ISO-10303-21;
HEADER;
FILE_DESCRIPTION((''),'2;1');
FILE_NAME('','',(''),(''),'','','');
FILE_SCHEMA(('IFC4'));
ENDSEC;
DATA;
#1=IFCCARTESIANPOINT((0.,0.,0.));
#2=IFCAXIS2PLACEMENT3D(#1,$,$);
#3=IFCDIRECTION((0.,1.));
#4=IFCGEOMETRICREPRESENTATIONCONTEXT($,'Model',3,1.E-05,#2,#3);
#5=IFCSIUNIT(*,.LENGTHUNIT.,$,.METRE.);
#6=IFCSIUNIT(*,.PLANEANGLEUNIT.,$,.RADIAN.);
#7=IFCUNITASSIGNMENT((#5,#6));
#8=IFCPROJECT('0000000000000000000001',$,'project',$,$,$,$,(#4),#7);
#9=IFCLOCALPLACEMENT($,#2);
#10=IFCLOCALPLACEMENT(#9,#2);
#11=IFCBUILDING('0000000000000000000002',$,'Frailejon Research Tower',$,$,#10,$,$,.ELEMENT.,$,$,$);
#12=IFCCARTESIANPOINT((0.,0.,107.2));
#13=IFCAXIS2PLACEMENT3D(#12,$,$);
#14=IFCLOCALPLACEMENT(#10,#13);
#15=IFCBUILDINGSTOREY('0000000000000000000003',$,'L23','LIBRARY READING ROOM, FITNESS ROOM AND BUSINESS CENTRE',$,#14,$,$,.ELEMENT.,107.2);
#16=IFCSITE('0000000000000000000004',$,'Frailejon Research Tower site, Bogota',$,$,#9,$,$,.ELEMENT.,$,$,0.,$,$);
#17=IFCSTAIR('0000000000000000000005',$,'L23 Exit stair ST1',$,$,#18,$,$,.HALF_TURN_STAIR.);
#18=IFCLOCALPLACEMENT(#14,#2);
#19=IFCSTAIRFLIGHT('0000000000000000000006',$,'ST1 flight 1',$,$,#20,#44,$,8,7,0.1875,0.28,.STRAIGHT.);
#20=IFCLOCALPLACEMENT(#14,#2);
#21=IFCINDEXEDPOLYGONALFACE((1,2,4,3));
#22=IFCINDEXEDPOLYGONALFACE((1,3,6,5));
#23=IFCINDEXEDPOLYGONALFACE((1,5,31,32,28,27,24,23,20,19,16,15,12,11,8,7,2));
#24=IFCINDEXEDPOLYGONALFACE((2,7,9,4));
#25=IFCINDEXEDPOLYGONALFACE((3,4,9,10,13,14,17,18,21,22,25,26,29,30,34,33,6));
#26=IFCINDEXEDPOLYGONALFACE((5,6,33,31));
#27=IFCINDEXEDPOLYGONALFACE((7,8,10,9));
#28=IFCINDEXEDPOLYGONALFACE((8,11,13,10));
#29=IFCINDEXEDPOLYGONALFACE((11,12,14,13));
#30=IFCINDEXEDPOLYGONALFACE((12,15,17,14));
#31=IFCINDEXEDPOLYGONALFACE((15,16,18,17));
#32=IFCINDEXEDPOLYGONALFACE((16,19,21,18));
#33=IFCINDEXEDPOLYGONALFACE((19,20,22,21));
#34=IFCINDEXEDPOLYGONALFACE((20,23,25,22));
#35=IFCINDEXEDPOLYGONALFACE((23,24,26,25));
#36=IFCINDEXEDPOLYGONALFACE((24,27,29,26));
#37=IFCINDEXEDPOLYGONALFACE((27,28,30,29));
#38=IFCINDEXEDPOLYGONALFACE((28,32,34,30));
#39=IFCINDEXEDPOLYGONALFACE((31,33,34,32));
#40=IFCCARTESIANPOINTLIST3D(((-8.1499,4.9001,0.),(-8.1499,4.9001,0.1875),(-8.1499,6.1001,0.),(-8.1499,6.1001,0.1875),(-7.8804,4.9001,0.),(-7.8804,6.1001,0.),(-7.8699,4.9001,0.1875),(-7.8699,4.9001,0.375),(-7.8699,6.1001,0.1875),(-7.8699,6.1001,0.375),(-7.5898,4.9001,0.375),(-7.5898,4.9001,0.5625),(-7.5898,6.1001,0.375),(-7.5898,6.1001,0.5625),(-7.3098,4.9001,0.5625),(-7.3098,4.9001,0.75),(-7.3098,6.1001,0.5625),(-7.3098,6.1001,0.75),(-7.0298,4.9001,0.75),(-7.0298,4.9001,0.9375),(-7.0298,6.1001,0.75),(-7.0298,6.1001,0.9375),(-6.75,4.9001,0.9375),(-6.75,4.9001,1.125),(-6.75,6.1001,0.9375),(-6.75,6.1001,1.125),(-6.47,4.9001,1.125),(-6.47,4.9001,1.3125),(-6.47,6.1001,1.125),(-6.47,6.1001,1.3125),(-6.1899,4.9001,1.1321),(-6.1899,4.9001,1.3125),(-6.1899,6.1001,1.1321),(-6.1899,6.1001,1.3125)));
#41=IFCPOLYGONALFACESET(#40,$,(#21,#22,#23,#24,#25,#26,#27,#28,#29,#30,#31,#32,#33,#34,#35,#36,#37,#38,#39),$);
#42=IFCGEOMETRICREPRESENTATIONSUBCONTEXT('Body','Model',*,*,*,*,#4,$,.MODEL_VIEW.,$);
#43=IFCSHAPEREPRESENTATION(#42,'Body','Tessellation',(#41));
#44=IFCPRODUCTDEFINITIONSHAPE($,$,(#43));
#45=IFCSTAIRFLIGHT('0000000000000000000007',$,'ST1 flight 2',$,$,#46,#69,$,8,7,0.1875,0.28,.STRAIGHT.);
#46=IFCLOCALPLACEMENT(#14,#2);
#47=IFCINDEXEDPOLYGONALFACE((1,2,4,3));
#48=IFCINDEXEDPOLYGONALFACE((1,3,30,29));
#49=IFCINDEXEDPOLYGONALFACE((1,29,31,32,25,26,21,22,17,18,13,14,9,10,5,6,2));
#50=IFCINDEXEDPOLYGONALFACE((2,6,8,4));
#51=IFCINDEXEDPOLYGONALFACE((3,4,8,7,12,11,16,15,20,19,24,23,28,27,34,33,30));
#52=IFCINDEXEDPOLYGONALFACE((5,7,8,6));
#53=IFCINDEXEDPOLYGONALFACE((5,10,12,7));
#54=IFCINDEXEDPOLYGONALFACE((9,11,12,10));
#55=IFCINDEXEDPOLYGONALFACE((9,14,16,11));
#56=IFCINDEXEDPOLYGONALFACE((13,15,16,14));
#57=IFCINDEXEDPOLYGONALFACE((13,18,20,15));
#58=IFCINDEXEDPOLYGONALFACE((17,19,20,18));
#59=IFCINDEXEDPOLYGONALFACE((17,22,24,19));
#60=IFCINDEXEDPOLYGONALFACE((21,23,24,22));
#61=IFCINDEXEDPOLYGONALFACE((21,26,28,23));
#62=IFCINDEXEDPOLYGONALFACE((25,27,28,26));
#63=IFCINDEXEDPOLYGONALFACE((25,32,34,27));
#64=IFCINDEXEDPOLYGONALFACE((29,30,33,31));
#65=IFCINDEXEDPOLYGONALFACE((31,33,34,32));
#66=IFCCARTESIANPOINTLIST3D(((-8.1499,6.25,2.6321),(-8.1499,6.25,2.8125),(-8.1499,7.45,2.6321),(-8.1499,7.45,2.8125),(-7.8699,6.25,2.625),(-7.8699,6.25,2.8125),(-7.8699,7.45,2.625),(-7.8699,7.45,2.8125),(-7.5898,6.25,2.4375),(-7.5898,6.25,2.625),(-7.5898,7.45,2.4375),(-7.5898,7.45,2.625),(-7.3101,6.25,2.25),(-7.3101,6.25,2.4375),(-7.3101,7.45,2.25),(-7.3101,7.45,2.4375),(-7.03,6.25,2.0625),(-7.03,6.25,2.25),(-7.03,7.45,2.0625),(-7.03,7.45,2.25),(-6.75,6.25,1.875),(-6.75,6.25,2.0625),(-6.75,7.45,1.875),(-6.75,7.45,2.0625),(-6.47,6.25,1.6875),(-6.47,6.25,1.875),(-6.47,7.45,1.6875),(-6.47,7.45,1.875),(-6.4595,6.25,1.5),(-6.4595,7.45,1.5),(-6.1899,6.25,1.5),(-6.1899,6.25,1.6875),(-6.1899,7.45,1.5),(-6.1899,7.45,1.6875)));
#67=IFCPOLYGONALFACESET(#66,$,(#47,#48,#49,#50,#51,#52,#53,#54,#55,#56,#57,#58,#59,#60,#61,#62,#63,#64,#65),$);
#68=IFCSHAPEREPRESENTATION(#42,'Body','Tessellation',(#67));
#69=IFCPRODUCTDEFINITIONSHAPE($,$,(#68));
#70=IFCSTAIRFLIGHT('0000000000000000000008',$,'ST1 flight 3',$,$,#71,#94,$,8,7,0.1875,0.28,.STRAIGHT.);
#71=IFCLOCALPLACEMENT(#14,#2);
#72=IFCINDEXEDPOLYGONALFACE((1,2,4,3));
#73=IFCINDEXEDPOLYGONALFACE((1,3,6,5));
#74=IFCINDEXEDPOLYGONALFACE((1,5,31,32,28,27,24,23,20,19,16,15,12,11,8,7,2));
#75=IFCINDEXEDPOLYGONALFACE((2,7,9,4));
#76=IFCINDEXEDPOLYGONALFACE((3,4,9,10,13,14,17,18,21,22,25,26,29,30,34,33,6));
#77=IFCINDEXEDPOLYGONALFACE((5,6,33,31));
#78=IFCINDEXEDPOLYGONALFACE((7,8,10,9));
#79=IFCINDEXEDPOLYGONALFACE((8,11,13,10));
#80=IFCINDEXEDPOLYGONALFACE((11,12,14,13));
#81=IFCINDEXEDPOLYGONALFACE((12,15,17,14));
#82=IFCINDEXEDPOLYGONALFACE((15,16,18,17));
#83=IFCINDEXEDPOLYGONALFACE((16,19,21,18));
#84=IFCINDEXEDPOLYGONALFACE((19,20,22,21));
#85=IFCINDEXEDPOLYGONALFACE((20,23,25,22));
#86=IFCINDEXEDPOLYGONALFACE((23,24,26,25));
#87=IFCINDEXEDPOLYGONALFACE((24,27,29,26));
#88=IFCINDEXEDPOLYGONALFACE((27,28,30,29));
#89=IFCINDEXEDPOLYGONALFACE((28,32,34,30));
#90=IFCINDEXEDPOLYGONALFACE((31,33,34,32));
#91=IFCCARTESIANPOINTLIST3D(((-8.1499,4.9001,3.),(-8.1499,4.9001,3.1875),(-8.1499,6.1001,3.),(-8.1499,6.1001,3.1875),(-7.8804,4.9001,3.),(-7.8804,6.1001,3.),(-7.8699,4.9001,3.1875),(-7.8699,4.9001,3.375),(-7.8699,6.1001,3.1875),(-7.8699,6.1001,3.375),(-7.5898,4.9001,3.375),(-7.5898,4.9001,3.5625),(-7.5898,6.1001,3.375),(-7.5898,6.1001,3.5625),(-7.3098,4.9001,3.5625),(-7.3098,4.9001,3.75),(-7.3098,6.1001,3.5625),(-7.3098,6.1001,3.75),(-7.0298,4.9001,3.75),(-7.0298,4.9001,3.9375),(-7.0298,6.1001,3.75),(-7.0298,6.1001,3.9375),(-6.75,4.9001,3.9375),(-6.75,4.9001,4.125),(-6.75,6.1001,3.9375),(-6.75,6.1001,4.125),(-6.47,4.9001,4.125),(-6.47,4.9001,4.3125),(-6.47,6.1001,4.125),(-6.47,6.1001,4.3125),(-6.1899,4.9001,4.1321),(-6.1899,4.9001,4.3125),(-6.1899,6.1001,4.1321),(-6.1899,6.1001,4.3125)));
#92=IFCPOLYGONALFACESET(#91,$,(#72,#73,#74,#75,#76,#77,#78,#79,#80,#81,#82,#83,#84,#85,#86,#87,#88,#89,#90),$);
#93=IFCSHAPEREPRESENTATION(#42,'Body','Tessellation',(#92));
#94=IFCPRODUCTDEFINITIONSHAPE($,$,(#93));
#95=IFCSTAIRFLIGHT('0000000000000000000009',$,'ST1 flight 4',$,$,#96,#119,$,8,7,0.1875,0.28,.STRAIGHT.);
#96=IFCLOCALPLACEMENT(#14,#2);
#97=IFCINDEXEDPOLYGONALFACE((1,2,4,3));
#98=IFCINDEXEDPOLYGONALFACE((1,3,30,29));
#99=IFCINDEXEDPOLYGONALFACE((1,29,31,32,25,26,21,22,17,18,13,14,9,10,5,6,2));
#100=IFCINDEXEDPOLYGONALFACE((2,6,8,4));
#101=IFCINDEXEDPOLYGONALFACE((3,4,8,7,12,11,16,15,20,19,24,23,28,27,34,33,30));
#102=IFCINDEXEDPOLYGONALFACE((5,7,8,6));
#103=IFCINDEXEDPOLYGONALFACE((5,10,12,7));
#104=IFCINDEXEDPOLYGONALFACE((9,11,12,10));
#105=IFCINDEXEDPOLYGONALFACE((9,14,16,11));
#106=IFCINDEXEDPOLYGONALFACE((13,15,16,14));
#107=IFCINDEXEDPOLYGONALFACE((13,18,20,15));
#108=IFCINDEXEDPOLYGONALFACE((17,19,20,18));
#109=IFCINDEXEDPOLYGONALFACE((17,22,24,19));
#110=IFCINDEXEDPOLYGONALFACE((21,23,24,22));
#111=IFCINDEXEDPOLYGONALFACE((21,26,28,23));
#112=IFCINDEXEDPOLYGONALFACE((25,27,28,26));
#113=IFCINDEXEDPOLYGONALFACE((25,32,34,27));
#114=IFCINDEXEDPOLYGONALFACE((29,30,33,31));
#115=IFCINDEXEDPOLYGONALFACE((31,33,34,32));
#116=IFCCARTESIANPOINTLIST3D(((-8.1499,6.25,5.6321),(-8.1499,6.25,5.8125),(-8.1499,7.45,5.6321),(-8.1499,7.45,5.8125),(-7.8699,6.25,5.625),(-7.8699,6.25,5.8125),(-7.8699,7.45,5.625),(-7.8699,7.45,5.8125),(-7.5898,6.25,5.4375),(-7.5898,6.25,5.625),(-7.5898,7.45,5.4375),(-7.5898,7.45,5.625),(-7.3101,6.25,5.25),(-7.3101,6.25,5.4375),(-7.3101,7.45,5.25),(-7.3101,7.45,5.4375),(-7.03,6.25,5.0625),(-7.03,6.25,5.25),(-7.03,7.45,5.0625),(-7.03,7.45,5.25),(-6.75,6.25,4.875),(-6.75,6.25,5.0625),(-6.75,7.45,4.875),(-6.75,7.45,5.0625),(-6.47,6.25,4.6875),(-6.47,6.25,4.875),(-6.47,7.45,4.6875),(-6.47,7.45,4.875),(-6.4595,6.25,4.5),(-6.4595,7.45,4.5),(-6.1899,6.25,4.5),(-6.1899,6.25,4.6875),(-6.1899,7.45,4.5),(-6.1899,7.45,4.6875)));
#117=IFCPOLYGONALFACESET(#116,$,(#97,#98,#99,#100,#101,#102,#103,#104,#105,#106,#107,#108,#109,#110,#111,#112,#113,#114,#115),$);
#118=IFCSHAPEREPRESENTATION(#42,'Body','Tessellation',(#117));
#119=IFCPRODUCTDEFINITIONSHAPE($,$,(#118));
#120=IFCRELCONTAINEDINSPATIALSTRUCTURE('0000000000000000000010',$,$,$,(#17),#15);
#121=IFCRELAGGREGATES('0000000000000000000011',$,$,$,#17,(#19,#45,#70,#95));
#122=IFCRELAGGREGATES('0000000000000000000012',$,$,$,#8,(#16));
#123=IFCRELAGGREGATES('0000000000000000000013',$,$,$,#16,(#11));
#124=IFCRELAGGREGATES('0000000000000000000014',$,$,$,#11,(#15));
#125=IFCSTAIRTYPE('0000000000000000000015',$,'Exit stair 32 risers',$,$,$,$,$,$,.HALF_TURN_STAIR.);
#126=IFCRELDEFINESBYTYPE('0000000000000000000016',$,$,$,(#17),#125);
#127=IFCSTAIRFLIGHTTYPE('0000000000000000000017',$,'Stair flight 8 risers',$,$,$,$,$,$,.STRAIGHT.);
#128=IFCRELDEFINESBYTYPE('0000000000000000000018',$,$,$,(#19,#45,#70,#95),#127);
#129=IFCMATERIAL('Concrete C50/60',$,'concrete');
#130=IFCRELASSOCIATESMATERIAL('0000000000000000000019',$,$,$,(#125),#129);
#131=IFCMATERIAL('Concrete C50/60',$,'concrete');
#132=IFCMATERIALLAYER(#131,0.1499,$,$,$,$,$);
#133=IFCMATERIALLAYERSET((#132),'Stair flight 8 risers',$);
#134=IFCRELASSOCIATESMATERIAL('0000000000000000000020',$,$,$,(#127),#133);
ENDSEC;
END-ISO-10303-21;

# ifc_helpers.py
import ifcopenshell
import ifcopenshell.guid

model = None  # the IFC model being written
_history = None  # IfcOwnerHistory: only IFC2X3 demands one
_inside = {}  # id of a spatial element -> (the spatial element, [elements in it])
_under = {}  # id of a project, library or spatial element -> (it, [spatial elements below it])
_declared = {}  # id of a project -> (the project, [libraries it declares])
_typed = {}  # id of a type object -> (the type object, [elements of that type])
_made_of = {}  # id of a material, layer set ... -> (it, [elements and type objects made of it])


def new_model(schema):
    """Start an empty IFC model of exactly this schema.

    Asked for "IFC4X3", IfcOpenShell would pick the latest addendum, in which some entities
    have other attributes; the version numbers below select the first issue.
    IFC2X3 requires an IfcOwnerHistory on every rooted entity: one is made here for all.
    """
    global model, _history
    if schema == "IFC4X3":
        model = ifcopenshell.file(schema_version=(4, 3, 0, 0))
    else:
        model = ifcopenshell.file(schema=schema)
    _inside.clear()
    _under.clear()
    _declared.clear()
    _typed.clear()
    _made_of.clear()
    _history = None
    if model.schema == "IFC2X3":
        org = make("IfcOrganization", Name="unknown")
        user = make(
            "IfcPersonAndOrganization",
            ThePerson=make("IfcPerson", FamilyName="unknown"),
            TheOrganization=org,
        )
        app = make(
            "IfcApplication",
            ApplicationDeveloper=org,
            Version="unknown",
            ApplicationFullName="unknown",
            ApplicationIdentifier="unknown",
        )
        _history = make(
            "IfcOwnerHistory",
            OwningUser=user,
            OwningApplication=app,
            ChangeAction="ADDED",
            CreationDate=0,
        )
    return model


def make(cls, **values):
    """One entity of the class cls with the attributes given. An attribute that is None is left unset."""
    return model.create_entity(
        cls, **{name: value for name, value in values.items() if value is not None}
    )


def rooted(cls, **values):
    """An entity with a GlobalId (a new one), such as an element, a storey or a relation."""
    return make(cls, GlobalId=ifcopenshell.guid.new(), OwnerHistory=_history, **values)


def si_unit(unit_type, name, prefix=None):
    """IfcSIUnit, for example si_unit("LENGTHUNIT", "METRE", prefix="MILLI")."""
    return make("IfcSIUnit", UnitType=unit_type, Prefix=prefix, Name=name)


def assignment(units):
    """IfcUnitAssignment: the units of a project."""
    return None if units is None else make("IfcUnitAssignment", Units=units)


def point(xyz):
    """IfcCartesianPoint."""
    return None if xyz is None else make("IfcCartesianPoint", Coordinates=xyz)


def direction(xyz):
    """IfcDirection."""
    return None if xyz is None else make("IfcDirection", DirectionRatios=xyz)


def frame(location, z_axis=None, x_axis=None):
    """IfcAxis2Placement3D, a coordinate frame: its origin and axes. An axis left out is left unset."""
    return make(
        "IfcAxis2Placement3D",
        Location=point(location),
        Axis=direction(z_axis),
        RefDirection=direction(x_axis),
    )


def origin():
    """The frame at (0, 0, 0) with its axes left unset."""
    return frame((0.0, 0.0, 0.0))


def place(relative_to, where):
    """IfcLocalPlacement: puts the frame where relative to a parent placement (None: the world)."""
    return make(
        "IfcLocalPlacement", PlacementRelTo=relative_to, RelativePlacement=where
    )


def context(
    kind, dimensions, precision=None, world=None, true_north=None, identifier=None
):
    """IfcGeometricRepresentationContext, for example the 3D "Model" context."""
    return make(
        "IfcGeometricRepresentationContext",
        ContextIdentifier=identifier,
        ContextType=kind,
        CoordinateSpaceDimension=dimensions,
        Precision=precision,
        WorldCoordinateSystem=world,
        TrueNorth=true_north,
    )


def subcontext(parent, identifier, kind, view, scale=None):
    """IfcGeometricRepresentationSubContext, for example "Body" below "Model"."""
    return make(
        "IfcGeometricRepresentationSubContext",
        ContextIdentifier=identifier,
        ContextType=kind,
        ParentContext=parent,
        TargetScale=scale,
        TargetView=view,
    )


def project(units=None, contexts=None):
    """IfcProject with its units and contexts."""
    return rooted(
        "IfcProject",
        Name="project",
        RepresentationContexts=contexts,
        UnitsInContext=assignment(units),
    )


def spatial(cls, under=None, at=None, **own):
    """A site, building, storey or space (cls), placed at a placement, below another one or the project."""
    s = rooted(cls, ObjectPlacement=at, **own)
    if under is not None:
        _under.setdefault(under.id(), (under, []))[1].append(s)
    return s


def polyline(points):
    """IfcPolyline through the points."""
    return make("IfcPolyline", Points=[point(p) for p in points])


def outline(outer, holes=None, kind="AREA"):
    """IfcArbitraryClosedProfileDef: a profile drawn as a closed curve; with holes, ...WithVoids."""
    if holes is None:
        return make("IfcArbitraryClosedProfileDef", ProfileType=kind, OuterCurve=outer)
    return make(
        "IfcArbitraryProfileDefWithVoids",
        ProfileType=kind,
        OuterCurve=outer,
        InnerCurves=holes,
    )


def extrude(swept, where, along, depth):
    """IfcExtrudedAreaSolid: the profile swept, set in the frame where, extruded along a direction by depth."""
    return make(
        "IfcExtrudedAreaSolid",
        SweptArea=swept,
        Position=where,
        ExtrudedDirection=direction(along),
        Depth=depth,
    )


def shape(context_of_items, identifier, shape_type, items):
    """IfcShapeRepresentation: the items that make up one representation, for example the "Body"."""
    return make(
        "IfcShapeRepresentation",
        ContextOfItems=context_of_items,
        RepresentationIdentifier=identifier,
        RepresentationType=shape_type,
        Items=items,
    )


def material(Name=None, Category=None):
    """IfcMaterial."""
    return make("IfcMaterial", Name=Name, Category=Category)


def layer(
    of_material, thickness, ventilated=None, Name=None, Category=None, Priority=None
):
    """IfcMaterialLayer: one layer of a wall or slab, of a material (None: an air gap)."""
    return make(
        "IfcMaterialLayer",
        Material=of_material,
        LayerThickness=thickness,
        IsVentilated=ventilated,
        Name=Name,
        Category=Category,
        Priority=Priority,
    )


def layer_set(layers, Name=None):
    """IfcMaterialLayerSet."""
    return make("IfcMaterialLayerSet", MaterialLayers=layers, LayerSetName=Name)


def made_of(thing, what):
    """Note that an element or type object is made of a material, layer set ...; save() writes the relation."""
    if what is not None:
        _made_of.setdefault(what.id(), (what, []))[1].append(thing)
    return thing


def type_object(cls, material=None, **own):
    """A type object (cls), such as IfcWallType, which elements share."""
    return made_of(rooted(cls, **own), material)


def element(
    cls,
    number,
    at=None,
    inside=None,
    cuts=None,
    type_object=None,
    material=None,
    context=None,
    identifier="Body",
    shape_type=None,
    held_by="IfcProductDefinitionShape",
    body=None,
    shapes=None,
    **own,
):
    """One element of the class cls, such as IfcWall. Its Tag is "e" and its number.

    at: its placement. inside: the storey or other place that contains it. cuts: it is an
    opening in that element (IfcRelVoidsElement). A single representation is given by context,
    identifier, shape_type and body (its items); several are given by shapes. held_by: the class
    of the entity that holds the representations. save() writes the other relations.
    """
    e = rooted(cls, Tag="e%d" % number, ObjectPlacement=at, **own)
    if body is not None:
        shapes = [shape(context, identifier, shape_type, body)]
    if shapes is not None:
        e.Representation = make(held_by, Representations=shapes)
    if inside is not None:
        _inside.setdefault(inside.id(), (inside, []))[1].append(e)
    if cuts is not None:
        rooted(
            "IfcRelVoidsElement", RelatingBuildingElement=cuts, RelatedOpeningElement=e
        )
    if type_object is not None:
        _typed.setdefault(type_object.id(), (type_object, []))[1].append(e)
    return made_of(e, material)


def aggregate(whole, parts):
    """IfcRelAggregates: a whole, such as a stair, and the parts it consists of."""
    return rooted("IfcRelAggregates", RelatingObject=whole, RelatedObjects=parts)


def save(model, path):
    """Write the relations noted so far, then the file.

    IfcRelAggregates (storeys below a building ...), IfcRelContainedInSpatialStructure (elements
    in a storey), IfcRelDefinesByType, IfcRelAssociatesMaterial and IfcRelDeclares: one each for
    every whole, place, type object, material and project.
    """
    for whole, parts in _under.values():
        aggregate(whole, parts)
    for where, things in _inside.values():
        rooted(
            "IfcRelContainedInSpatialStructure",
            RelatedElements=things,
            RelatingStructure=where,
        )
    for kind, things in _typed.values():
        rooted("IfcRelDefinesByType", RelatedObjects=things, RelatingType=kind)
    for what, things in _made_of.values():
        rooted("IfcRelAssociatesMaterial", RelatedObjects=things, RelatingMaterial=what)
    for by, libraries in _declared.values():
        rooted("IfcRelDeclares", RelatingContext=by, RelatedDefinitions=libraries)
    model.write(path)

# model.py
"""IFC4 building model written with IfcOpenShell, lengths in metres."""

from ifc_helpers import new_model, si_unit, direction, frame, origin, place, context, subcontext, project, spatial, polyline, outline, extrude, material, layer, layer_set, type_object, element, aggregate, save


model = new_model("IFC4")

# Units and contexts
model_context = context("Model", 3, precision=1e-05, world=origin(), true_north=direction((0.0, 1.0)))
body_context = subcontext(model_context, "Body", "Model", "MODEL_VIEW")
ifc_project = project(units=[si_unit("LENGTHUNIT", "METRE"), si_unit("PLANEANGLEUNIT", "RADIAN")], contexts=[model_context])

# Site, building, storey
site_placement = place(None, origin())
site = spatial("IfcSite", under=ifc_project, at=site_placement, Name="Frailejon Research Tower site, Bogota", CompositionType="ELEMENT", RefElevation=0.0)
building_placement = place(site_placement, origin())
building = spatial("IfcBuilding", under=site, at=building_placement, Name="Frailejon Research Tower", CompositionType="ELEMENT")
storey_placement = place(building_placement, frame((0.0, 0.0, 107.2)))
storey = spatial("IfcBuildingStorey", under=building, at=storey_placement, Name="L23", Description="LIBRARY READING ROOM, FITNESS ROOM AND BUSINESS CENTRE", CompositionType="ELEMENT", Elevation=107.2)

# Stair
ifc_material_1 = material(Name="Concrete C50/60", Category="concrete")
stair_type = type_object("IfcStairType", Name="Exit stair 32 risers", PredefinedType="HALF_TURN_STAIR", material=ifc_material_1)
stair_placement = place(storey_placement, origin())
stair = element("IfcStair", 1, at=stair_placement, inside=storey, type_object=stair_type, Name="L23 Exit stair ST1", PredefinedType="HALF_TURN_STAIR")

# Stair flights
ifc_material_2 = material(Name="Concrete C50/60", Category="concrete")
ifc_layer_1 = layer(ifc_material_2, 0.1499)
ifc_layer_set_1 = layer_set([ifc_layer_1], Name="Stair flight 8 risers")
stair_flight_type = type_object("IfcStairFlightType", Name="Stair flight 8 risers", PredefinedType="STRAIGHT", material=ifc_layer_set_1)
stair_flight_1_placement = place(storey_placement, frame((-8.1499, 5.5, 0.0), z_axis=(0.0, 0.0, 1.0), x_axis=(1.0, 0.0, 0.0)))
stair_flight_1 = element("IfcStairFlight", 2, at=stair_flight_1_placement, type_object=stair_flight_type, Name="ST1 flight 1", NumberOfRisers=8, NumberOfTreads=7, PredefinedType="STRAIGHT", RiserHeight=0.1875, TreadLength=0.28, context=body_context, shape_type="SweptSolid", body=[
    extrude(outline(polyline([(0.0, 0.0), (0.0, 0.1875), (0.28, 0.1875), (0.28, 0.375), (0.5601, 0.375), (0.5601, 0.5625), (0.8401, 0.5625), (0.8401, 0.75), (1.1201, 0.75), (1.1201, 0.9375), (1.3999, 0.9375), (1.3999, 1.125), (1.6799, 1.125), (1.6799, 1.3125), (1.96, 1.3125), (1.96, 1.5), (1.96, 1.1321), (0.2695, 0.0), (0.0, 0.0)])), frame((0.0, 0.6001, 0.0), z_axis=(0.0, -1.0, 0.0), x_axis=(1.0, 0.0, 0.0)), (0.0, 0.0, 1.0), 1.2),
])
stair_flight_2_placement = place(storey_placement, frame((-6.1899, 6.8501, 1.5), z_axis=(0.0, 0.0, 1.0), x_axis=(-1.0, 0.0, 0.0)))
stair_flight_2 = element("IfcStairFlight", 3, at=stair_flight_2_placement, type_object=stair_flight_type, Name="ST1 flight 2", NumberOfRisers=8, NumberOfTreads=7, PredefinedType="STRAIGHT", RiserHeight=0.1875, TreadLength=0.28, context=body_context, shape_type="SweptSolid", body=[
    extrude(outline(polyline([(0.0, 0.0), (0.0, 0.1875), (0.28, 0.1875), (0.28, 0.375), (0.5601, 0.375), (0.5601, 0.5625), (0.8401, 0.5625), (0.8401, 0.75), (1.1201, 0.75), (1.1201, 0.9375), (1.3999, 0.9375), (1.3999, 1.125), (1.6799, 1.125), (1.6799, 1.3125), (1.96, 1.3125), (1.96, 1.5), (1.96, 1.1321), (0.2695, 0.0), (0.0, 0.0)])), frame((0.0, 0.6001, 0.0), z_axis=(0.0, -1.0, 0.0), x_axis=(1.0, 0.0, 0.0)), (0.0, 0.0, 1.0), 1.2),
])
stair_flight_3_placement = place(storey_placement, frame((-8.1499, 5.5, 3.0), z_axis=(0.0, 0.0, 1.0), x_axis=(1.0, 0.0, 0.0)))
stair_flight_3 = element("IfcStairFlight", 4, at=stair_flight_3_placement, type_object=stair_flight_type, Name="ST1 flight 3", NumberOfRisers=8, NumberOfTreads=7, PredefinedType="STRAIGHT", RiserHeight=0.1875, TreadLength=0.28, context=body_context, shape_type="SweptSolid", body=[
    extrude(outline(polyline([(0.0, 0.0), (0.0, 0.1875), (0.28, 0.1875), (0.28, 0.375), (0.5601, 0.375), (0.5601, 0.5625), (0.8401, 0.5625), (0.8401, 0.75), (1.1201, 0.75), (1.1201, 0.9375), (1.3999, 0.9375), (1.3999, 1.125), (1.6799, 1.125), (1.6799, 1.3125), (1.96, 1.3125), (1.96, 1.5), (1.96, 1.1321), (0.2695, 0.0), (0.0, 0.0)])), frame((0.0, 0.6001, 0.0), z_axis=(0.0, -1.0, 0.0), x_axis=(1.0, 0.0, 0.0)), (0.0, 0.0, 1.0), 1.2),
])
stair_flight_4_placement = place(storey_placement, frame((-6.1899, 6.8501, 4.5), z_axis=(0.0, 0.0, 1.0), x_axis=(-1.0, 0.0, 0.0)))
stair_flight_4 = element("IfcStairFlight", 5, at=stair_flight_4_placement, type_object=stair_flight_type, Name="ST1 flight 4", NumberOfRisers=8, NumberOfTreads=7, PredefinedType="STRAIGHT", RiserHeight=0.1875, TreadLength=0.28, context=body_context, shape_type="SweptSolid", body=[
    extrude(outline(polyline([(0.0, 0.0), (0.0, 0.1875), (0.28, 0.1875), (0.28, 0.375), (0.5601, 0.375), (0.5601, 0.5625), (0.8401, 0.5625), (0.8401, 0.75), (1.1201, 0.75), (1.1201, 0.9375), (1.3999, 0.9375), (1.3999, 1.125), (1.6799, 1.125), (1.6799, 1.3125), (1.96, 1.3125), (1.96, 1.5), (1.96, 1.1321), (0.2695, 0.0), (0.0, 0.0)])), frame((0.0, 0.6001, 0.0), z_axis=(0.0, -1.0, 0.0), x_axis=(1.0, 0.0, 0.0)), (0.0, 0.0, 1.0), 1.2),
])
aggregate(stair, [stair_flight_1, stair_flight_2, stair_flight_3, stair_flight_4])

save(model, "model.ifc")
